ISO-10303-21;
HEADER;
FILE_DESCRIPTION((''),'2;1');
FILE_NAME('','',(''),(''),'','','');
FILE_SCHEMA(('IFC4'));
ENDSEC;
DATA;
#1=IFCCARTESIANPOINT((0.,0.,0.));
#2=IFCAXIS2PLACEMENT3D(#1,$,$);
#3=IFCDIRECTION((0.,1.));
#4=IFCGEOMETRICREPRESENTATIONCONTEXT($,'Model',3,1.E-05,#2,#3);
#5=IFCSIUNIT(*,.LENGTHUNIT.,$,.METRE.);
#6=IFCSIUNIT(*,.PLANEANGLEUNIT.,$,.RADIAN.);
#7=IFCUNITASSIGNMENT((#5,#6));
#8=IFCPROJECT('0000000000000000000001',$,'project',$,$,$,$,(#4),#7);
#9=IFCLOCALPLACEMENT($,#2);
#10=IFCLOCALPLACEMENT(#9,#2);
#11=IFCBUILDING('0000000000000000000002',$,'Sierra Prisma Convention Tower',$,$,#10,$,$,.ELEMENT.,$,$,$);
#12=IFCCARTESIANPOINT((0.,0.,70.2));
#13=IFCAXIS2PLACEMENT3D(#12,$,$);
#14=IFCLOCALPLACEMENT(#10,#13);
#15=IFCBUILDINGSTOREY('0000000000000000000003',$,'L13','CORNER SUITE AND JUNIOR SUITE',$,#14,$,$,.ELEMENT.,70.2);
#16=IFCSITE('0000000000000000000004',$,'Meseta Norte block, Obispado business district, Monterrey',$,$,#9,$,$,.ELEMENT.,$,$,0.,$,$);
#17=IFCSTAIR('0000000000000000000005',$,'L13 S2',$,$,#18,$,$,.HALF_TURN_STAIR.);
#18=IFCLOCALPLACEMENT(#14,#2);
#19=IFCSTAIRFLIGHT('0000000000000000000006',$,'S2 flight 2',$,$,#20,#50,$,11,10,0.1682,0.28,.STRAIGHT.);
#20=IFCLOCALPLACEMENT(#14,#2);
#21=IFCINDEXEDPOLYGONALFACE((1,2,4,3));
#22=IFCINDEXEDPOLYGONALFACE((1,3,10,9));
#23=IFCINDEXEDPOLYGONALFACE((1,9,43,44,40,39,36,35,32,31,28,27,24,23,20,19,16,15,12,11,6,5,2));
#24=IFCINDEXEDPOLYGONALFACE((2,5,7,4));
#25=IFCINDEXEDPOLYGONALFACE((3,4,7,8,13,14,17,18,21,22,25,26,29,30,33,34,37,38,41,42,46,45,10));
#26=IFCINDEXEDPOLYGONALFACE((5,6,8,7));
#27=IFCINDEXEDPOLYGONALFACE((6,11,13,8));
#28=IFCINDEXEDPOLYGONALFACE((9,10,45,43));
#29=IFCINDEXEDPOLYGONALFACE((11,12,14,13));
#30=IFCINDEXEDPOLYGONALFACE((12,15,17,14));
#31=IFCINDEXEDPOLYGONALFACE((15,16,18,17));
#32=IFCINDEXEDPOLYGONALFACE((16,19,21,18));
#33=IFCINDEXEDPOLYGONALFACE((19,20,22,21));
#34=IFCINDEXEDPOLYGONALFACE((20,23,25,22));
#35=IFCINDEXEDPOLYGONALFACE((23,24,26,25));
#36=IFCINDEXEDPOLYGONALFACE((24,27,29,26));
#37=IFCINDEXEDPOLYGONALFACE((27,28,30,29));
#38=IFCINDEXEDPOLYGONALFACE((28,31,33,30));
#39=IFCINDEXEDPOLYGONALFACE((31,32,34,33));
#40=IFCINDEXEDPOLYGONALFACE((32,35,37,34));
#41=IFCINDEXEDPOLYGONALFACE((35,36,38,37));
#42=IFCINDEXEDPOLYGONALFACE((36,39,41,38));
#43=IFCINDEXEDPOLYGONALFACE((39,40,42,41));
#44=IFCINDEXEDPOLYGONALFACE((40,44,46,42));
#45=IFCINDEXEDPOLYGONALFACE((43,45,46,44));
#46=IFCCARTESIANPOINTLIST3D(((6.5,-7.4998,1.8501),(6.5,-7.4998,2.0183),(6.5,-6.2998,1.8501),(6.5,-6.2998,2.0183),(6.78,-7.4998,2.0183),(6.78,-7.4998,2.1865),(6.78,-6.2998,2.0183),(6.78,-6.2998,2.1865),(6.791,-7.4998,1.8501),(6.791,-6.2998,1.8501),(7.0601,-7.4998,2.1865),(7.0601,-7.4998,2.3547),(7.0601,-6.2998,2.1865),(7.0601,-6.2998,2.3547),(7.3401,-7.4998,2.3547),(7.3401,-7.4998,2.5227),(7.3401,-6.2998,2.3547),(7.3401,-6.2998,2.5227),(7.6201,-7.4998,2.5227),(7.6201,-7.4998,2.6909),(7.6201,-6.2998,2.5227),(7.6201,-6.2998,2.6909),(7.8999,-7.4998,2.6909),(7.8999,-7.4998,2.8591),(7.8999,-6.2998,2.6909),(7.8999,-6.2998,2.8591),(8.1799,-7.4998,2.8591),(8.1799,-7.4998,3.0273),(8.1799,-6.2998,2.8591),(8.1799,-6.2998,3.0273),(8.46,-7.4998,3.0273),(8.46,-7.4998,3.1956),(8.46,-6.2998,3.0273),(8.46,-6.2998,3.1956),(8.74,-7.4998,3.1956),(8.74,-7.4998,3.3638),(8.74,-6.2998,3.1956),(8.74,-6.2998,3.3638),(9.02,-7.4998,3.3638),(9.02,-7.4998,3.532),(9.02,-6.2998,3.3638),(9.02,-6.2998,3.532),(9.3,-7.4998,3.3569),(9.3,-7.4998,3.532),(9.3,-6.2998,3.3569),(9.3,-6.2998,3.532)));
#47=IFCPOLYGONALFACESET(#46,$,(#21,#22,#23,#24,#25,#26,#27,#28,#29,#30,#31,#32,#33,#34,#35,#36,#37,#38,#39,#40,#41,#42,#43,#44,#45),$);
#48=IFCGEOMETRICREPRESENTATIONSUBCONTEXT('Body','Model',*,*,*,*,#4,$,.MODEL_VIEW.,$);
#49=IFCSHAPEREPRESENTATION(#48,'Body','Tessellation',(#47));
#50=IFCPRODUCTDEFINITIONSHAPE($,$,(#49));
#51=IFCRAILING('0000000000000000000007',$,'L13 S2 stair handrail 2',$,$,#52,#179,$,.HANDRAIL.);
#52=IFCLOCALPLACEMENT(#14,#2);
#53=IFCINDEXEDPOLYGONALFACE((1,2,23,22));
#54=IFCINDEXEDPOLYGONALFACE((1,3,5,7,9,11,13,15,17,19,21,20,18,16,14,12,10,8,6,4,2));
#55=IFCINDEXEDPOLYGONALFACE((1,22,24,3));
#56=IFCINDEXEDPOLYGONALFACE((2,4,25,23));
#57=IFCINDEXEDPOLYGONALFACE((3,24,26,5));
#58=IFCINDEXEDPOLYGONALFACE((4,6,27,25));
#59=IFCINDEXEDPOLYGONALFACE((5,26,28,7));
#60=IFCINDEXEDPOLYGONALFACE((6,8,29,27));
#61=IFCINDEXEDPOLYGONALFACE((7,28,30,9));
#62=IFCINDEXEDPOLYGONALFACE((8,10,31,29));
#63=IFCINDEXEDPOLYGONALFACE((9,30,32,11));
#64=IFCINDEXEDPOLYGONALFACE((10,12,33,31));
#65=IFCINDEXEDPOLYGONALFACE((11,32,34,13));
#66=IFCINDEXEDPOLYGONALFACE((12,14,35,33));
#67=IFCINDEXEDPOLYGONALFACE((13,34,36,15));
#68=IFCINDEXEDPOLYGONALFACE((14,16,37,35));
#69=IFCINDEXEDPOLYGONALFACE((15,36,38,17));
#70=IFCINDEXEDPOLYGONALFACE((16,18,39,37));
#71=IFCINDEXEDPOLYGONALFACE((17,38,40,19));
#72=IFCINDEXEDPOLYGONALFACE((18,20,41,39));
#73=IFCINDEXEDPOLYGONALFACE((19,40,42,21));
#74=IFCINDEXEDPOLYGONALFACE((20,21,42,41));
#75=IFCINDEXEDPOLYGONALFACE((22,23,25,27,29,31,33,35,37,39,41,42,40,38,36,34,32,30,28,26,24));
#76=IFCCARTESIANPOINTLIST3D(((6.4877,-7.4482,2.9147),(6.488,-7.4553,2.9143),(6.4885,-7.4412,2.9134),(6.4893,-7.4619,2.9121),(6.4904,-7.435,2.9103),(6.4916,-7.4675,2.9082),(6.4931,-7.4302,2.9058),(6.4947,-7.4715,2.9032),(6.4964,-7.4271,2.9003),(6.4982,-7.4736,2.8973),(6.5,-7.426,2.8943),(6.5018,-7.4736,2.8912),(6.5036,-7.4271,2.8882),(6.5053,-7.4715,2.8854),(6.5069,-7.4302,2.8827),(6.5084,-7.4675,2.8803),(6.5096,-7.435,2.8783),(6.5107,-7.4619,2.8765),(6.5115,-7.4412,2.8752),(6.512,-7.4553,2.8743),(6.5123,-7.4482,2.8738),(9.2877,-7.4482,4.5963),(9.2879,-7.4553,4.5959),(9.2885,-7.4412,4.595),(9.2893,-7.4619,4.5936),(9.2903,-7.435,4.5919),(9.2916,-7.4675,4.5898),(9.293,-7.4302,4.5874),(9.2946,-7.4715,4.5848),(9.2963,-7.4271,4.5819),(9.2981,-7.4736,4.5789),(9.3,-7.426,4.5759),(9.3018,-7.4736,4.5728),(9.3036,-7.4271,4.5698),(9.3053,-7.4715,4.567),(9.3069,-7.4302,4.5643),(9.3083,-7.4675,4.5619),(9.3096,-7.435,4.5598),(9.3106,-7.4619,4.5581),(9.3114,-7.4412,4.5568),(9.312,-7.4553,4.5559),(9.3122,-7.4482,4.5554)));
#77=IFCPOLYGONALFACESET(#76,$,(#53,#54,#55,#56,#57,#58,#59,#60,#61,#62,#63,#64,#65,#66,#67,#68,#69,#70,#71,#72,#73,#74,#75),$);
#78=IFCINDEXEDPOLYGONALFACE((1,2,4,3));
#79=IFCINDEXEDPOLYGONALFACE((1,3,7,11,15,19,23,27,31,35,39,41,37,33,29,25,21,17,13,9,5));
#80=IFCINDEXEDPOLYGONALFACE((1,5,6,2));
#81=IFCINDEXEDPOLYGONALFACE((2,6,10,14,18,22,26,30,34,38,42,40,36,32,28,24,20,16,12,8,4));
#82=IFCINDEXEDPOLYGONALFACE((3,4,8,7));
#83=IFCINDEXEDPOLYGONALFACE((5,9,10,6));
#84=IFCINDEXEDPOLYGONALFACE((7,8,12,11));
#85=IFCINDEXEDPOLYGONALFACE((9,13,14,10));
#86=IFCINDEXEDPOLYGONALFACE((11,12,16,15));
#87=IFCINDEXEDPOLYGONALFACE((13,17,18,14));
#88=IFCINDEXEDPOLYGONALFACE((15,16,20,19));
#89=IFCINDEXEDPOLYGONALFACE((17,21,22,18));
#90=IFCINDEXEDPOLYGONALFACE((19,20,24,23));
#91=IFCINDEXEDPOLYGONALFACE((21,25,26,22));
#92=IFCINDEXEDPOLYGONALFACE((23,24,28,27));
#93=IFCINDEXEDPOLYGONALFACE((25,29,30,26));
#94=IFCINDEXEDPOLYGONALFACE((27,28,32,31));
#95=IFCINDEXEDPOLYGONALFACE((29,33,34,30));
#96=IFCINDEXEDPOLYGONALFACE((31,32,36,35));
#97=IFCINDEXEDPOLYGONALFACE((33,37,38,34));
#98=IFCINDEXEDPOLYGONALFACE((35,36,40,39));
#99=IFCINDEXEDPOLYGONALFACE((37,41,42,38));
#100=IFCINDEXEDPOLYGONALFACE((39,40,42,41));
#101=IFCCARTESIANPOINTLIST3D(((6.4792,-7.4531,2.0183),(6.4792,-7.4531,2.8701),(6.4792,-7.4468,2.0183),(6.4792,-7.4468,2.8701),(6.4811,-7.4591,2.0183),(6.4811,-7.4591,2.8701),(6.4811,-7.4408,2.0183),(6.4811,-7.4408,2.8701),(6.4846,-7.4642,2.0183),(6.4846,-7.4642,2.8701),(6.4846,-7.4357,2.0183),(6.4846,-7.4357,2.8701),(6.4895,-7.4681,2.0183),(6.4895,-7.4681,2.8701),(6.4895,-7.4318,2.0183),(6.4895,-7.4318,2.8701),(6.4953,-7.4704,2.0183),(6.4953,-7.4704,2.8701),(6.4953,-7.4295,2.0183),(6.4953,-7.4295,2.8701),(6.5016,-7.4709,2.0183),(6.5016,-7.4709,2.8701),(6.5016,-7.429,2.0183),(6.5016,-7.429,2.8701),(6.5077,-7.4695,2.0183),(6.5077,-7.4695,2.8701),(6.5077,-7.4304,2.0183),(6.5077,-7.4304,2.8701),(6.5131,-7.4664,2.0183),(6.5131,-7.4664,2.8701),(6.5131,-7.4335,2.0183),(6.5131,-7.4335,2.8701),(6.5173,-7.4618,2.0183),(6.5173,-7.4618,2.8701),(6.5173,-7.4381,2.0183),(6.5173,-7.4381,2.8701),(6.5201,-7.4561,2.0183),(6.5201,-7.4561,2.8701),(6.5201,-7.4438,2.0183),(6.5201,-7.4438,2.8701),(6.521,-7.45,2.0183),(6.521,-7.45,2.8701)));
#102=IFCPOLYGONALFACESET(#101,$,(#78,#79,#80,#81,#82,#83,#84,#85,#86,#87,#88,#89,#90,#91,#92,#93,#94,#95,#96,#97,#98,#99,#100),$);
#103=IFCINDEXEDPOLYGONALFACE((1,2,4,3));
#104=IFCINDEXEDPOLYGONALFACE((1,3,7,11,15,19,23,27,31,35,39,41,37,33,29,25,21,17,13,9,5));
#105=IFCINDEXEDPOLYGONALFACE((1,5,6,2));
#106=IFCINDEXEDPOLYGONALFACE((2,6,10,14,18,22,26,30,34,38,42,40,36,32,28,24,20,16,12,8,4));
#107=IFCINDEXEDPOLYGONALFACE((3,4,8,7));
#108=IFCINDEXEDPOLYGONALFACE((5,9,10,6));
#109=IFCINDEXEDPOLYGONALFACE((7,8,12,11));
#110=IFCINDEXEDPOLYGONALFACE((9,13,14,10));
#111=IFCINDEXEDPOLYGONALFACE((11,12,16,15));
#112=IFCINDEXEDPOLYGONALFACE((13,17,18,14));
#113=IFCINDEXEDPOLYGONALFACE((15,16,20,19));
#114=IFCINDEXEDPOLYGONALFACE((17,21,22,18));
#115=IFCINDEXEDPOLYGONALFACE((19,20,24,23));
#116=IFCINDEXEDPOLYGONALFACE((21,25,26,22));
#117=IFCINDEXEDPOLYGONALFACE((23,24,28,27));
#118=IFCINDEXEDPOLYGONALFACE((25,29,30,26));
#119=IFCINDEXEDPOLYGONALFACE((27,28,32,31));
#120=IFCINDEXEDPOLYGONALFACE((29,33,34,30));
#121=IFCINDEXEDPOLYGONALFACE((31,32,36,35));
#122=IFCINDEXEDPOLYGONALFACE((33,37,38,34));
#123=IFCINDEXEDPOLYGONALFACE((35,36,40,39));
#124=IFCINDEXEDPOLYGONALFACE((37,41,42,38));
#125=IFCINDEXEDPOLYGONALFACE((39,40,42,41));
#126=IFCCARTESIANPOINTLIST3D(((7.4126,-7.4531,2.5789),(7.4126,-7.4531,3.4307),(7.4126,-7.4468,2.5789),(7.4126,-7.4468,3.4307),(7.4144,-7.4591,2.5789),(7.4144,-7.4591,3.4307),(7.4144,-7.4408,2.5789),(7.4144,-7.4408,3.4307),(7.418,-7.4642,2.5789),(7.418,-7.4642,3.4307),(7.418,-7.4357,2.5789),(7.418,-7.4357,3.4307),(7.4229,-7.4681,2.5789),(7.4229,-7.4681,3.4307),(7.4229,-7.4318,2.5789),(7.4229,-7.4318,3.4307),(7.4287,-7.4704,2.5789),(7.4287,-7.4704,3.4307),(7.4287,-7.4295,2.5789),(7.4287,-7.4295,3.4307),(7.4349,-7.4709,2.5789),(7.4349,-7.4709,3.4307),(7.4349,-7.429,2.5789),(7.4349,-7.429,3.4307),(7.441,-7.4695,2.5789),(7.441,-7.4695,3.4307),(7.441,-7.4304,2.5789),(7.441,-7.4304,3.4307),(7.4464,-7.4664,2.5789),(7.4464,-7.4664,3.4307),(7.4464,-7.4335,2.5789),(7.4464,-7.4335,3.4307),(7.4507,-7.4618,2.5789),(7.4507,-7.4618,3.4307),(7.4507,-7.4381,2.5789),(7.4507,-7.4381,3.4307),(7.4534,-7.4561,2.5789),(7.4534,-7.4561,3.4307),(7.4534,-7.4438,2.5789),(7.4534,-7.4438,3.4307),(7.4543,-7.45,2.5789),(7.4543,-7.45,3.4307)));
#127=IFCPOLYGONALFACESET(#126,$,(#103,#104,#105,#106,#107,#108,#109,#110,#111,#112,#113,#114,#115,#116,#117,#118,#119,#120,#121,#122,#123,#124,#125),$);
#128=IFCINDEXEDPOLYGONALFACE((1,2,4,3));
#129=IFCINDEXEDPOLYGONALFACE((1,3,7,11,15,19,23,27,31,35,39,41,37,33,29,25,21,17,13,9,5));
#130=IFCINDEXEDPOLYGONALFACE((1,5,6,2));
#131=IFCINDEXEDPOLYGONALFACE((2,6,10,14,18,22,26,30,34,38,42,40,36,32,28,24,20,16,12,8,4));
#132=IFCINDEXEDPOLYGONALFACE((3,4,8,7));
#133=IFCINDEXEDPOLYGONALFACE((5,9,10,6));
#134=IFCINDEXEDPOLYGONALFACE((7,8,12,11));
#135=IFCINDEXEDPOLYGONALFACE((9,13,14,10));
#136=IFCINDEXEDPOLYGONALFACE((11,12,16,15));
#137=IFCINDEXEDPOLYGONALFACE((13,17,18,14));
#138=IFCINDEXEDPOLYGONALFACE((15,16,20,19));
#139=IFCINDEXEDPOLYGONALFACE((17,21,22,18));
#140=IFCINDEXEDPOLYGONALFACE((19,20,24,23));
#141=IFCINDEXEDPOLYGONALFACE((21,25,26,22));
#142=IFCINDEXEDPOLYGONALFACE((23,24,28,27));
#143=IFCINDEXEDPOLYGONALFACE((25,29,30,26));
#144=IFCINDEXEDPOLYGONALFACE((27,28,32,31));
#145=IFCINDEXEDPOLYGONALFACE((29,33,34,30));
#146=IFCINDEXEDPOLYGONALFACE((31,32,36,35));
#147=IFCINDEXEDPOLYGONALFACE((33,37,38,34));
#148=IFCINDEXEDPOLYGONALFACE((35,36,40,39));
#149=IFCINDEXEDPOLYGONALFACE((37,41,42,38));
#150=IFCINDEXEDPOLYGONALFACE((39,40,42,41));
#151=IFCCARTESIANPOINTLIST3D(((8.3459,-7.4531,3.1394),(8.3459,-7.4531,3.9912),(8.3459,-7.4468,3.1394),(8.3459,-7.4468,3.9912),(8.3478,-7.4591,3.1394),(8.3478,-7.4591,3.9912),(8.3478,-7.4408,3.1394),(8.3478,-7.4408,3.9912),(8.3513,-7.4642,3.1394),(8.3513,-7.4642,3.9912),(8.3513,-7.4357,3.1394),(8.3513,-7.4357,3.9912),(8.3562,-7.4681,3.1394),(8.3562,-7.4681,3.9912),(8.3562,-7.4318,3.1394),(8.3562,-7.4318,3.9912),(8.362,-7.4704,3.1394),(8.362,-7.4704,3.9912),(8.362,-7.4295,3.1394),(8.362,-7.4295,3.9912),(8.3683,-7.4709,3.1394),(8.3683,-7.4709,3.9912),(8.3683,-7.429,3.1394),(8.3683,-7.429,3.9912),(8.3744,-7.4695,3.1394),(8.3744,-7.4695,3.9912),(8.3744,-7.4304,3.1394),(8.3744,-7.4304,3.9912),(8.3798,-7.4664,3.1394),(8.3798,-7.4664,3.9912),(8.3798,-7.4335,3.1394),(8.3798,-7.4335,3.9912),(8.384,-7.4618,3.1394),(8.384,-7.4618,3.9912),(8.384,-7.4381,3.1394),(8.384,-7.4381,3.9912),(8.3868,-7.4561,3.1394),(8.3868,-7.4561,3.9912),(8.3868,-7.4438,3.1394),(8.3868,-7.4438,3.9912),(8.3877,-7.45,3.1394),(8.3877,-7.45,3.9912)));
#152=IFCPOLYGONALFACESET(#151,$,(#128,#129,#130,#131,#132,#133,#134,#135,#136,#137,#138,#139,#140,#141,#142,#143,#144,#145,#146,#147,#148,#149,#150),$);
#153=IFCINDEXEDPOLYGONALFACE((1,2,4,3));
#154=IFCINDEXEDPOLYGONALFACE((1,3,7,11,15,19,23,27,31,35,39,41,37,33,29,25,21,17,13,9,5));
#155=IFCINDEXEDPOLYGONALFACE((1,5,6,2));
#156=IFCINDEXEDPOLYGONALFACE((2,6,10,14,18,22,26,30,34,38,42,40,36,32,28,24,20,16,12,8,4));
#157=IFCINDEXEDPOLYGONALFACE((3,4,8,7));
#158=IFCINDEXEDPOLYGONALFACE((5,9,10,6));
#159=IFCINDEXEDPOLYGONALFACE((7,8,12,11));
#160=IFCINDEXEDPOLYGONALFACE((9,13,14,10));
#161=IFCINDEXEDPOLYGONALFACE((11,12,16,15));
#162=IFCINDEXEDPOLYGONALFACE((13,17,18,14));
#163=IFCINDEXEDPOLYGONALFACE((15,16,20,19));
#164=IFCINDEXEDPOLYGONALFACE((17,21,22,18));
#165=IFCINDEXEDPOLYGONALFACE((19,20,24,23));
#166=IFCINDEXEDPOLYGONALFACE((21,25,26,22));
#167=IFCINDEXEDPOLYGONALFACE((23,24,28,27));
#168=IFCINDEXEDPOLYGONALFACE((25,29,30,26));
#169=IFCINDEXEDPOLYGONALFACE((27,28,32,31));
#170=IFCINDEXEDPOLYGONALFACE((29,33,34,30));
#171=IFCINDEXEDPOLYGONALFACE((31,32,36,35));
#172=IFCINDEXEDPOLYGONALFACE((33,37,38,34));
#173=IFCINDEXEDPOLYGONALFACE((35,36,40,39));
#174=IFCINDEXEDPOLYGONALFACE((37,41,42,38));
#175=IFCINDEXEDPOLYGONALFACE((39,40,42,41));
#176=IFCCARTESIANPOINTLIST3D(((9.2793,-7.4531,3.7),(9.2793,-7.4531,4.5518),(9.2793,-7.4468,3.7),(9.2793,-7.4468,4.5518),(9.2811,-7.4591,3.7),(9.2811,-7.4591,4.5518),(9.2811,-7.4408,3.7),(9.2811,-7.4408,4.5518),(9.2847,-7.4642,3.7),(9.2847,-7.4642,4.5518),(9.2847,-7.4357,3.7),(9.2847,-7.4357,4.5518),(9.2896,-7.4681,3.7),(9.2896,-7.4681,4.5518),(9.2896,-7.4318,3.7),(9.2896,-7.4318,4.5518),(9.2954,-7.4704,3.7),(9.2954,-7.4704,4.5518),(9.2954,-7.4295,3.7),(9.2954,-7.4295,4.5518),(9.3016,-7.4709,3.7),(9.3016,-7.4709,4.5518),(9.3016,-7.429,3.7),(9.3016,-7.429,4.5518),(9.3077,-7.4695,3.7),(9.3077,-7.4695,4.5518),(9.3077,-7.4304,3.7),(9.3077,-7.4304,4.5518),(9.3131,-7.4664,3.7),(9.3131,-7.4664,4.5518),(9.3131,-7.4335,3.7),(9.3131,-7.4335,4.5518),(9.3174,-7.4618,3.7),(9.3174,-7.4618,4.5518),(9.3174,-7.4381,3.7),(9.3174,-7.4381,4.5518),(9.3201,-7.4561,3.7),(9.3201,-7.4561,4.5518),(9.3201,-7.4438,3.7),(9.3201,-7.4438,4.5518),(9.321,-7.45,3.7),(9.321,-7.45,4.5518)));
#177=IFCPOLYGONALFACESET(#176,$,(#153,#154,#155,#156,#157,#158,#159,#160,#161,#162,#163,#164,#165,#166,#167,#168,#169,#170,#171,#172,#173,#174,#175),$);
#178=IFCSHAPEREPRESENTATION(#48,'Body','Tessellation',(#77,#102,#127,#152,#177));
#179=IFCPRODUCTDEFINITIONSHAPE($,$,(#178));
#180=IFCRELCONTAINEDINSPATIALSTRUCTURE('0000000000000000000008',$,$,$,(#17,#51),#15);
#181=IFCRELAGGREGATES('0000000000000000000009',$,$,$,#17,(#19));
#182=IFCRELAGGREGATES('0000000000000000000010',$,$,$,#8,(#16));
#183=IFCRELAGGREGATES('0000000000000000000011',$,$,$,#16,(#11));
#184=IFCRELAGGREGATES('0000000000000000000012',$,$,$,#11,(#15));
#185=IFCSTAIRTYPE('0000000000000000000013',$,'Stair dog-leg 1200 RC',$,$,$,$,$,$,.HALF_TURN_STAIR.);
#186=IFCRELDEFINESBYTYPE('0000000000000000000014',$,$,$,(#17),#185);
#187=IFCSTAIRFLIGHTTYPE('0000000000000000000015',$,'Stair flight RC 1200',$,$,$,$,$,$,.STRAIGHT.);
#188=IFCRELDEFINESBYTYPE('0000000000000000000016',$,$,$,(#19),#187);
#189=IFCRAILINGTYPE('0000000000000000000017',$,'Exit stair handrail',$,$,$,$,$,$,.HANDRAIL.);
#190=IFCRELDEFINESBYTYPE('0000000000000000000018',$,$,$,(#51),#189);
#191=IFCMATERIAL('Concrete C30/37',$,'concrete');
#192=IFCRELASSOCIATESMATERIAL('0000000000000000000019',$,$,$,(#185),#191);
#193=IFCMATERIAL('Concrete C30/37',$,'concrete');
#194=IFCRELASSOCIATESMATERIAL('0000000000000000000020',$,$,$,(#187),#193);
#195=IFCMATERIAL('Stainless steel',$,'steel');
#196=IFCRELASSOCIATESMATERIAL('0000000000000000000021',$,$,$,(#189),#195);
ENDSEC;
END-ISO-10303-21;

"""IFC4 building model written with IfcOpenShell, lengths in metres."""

from ifc_helpers import new_model, si_unit, direction, frame, origin, origin_2d, place, context, subcontext, project, spatial, polyline, circle, outline, extrude, material, type_object, element, aggregate, save


model = new_model("IFC4")

# Units and contexts
model_context = context("Model", 3, precision=1e-05, world=origin(), true_north=direction((0.0, 1.0)))
body_context = subcontext(model_context, "Body", "Model", "MODEL_VIEW")
ifc_project = project(units=[si_unit("LENGTHUNIT", "METRE"), si_unit("PLANEANGLEUNIT", "RADIAN")], contexts=[model_context])

# Site, building, storey
site_placement = place(None, origin())
site = spatial("IfcSite", under=ifc_project, at=site_placement, Name="Meseta Norte block, Obispado business district, Monterrey", CompositionType="ELEMENT", RefElevation=0.0)
building_placement = place(site_placement, origin())
building = spatial("IfcBuilding", under=site, at=building_placement, Name="Sierra Prisma Convention Tower", CompositionType="ELEMENT")
storey_placement = place(building_placement, frame((0.0, 0.0, 70.2)))
storey = spatial("IfcBuildingStorey", under=building, at=storey_placement, Name="L13", Description="CORNER SUITE AND JUNIOR SUITE", CompositionType="ELEMENT", Elevation=70.2)

# Stair, stair flight
ifc_material_1 = material(Name="Concrete C30/37", Category="concrete")
stair_type = type_object("IfcStairType", Name="Stair dog-leg 1200 RC", PredefinedType="HALF_TURN_STAIR", material=ifc_material_1)
stair_placement = place(storey_placement, origin())
stair = element("IfcStair", 1, at=stair_placement, inside=storey, type_object=stair_type, Name="L13 S2", PredefinedType="HALF_TURN_STAIR")
ifc_material_2 = material(Name="Concrete C30/37", Category="concrete")
stair_flight_type = type_object("IfcStairFlightType", Name="Stair flight RC 1200", PredefinedType="STRAIGHT", material=ifc_material_2)
stair_flight_placement = place(storey_placement, frame((6.5, -6.8999, 1.8501), z_axis=(0.0, 0.0, 1.0), x_axis=(1.0, 0.0, 0.0)))
stair_flight = element("IfcStairFlight", 2, at=stair_flight_placement, type_object=stair_flight_type, Name="S2 flight 2", NumberOfRisers=11, NumberOfTreads=10, PredefinedType="STRAIGHT", RiserHeight=0.1682, TreadLength=0.28, context=body_context, shape_type="SweptSolid", body=[
    extrude(outline(polyline([(0.0, 0.0), (0.0, 0.1682), (0.28, 0.1682), (0.28, 0.3364), (0.5601, 0.3364), (0.5601, 0.5046), (0.8401, 0.5046), (0.8401, 0.6726), (1.1201, 0.6726), (1.1201, 0.8408), (1.3999, 0.8408), (1.3999, 1.009), (1.6799, 1.009), (1.6799, 1.1772), (1.96, 1.1772), (1.96, 1.3455), (2.24, 1.3455), (2.24, 1.5137), (2.52, 1.5137), (2.52, 1.6819), (2.8, 1.6819), (2.8, 1.8501), (2.8, 1.5068), (0.291, 0.0), (0.0, 0.0)])), frame((0.0, 0.6001, 0.0), z_axis=(0.0, -1.0, 0.0), x_axis=(1.0, 0.0, 0.0)), (0.0, 0.0, 1.0), 1.2),
])
aggregate(stair, [stair_flight])

# Railing
ifc_material_3 = material(Name="Stainless steel", Category="steel")
railing_type_1 = type_object("IfcRailingType", Name="Exit stair handrail", PredefinedType="HANDRAIL", material=ifc_material_3)
railing_1_placement = place(storey_placement, frame((6.5, -7.45, 2.0183)))
element("IfcRailing", 3, at=railing_1_placement, inside=storey, type_object=railing_type_1, Name="L13 S2 stair handrail 2", PredefinedType="HANDRAIL", context=body_context, shape_type="SweptSolid", body=[
    extrude(circle(Radius=0.0239, at=origin_2d()), frame((0.0, 0.0, 0.876), z_axis=(0.857275, 0.0, 0.514858), x_axis=(0.0, 1.0, 0.0)), (0.0, 0.0, 1.0), 3.2661),
    extrude(circle(Radius=0.021, at=origin_2d()), origin(), (0.0, 0.0, 1.0), 0.8518),
    extrude(circle(Radius=0.021, at=origin_2d()), frame((0.9333, 0.0, 0.5605)), (0.0, 0.0, 1.0), 0.8518),
    extrude(circle(Radius=0.021, at=origin_2d()), frame((1.8667, 0.0, 1.1211)), (0.0, 0.0, 1.0), 0.8518),
    extrude(circle(Radius=0.021, at=origin_2d()), frame((2.8, 0.0, 1.6816)), (0.0, 0.0, 1.0), 0.8518),
])

save(model, "model.ifc")
